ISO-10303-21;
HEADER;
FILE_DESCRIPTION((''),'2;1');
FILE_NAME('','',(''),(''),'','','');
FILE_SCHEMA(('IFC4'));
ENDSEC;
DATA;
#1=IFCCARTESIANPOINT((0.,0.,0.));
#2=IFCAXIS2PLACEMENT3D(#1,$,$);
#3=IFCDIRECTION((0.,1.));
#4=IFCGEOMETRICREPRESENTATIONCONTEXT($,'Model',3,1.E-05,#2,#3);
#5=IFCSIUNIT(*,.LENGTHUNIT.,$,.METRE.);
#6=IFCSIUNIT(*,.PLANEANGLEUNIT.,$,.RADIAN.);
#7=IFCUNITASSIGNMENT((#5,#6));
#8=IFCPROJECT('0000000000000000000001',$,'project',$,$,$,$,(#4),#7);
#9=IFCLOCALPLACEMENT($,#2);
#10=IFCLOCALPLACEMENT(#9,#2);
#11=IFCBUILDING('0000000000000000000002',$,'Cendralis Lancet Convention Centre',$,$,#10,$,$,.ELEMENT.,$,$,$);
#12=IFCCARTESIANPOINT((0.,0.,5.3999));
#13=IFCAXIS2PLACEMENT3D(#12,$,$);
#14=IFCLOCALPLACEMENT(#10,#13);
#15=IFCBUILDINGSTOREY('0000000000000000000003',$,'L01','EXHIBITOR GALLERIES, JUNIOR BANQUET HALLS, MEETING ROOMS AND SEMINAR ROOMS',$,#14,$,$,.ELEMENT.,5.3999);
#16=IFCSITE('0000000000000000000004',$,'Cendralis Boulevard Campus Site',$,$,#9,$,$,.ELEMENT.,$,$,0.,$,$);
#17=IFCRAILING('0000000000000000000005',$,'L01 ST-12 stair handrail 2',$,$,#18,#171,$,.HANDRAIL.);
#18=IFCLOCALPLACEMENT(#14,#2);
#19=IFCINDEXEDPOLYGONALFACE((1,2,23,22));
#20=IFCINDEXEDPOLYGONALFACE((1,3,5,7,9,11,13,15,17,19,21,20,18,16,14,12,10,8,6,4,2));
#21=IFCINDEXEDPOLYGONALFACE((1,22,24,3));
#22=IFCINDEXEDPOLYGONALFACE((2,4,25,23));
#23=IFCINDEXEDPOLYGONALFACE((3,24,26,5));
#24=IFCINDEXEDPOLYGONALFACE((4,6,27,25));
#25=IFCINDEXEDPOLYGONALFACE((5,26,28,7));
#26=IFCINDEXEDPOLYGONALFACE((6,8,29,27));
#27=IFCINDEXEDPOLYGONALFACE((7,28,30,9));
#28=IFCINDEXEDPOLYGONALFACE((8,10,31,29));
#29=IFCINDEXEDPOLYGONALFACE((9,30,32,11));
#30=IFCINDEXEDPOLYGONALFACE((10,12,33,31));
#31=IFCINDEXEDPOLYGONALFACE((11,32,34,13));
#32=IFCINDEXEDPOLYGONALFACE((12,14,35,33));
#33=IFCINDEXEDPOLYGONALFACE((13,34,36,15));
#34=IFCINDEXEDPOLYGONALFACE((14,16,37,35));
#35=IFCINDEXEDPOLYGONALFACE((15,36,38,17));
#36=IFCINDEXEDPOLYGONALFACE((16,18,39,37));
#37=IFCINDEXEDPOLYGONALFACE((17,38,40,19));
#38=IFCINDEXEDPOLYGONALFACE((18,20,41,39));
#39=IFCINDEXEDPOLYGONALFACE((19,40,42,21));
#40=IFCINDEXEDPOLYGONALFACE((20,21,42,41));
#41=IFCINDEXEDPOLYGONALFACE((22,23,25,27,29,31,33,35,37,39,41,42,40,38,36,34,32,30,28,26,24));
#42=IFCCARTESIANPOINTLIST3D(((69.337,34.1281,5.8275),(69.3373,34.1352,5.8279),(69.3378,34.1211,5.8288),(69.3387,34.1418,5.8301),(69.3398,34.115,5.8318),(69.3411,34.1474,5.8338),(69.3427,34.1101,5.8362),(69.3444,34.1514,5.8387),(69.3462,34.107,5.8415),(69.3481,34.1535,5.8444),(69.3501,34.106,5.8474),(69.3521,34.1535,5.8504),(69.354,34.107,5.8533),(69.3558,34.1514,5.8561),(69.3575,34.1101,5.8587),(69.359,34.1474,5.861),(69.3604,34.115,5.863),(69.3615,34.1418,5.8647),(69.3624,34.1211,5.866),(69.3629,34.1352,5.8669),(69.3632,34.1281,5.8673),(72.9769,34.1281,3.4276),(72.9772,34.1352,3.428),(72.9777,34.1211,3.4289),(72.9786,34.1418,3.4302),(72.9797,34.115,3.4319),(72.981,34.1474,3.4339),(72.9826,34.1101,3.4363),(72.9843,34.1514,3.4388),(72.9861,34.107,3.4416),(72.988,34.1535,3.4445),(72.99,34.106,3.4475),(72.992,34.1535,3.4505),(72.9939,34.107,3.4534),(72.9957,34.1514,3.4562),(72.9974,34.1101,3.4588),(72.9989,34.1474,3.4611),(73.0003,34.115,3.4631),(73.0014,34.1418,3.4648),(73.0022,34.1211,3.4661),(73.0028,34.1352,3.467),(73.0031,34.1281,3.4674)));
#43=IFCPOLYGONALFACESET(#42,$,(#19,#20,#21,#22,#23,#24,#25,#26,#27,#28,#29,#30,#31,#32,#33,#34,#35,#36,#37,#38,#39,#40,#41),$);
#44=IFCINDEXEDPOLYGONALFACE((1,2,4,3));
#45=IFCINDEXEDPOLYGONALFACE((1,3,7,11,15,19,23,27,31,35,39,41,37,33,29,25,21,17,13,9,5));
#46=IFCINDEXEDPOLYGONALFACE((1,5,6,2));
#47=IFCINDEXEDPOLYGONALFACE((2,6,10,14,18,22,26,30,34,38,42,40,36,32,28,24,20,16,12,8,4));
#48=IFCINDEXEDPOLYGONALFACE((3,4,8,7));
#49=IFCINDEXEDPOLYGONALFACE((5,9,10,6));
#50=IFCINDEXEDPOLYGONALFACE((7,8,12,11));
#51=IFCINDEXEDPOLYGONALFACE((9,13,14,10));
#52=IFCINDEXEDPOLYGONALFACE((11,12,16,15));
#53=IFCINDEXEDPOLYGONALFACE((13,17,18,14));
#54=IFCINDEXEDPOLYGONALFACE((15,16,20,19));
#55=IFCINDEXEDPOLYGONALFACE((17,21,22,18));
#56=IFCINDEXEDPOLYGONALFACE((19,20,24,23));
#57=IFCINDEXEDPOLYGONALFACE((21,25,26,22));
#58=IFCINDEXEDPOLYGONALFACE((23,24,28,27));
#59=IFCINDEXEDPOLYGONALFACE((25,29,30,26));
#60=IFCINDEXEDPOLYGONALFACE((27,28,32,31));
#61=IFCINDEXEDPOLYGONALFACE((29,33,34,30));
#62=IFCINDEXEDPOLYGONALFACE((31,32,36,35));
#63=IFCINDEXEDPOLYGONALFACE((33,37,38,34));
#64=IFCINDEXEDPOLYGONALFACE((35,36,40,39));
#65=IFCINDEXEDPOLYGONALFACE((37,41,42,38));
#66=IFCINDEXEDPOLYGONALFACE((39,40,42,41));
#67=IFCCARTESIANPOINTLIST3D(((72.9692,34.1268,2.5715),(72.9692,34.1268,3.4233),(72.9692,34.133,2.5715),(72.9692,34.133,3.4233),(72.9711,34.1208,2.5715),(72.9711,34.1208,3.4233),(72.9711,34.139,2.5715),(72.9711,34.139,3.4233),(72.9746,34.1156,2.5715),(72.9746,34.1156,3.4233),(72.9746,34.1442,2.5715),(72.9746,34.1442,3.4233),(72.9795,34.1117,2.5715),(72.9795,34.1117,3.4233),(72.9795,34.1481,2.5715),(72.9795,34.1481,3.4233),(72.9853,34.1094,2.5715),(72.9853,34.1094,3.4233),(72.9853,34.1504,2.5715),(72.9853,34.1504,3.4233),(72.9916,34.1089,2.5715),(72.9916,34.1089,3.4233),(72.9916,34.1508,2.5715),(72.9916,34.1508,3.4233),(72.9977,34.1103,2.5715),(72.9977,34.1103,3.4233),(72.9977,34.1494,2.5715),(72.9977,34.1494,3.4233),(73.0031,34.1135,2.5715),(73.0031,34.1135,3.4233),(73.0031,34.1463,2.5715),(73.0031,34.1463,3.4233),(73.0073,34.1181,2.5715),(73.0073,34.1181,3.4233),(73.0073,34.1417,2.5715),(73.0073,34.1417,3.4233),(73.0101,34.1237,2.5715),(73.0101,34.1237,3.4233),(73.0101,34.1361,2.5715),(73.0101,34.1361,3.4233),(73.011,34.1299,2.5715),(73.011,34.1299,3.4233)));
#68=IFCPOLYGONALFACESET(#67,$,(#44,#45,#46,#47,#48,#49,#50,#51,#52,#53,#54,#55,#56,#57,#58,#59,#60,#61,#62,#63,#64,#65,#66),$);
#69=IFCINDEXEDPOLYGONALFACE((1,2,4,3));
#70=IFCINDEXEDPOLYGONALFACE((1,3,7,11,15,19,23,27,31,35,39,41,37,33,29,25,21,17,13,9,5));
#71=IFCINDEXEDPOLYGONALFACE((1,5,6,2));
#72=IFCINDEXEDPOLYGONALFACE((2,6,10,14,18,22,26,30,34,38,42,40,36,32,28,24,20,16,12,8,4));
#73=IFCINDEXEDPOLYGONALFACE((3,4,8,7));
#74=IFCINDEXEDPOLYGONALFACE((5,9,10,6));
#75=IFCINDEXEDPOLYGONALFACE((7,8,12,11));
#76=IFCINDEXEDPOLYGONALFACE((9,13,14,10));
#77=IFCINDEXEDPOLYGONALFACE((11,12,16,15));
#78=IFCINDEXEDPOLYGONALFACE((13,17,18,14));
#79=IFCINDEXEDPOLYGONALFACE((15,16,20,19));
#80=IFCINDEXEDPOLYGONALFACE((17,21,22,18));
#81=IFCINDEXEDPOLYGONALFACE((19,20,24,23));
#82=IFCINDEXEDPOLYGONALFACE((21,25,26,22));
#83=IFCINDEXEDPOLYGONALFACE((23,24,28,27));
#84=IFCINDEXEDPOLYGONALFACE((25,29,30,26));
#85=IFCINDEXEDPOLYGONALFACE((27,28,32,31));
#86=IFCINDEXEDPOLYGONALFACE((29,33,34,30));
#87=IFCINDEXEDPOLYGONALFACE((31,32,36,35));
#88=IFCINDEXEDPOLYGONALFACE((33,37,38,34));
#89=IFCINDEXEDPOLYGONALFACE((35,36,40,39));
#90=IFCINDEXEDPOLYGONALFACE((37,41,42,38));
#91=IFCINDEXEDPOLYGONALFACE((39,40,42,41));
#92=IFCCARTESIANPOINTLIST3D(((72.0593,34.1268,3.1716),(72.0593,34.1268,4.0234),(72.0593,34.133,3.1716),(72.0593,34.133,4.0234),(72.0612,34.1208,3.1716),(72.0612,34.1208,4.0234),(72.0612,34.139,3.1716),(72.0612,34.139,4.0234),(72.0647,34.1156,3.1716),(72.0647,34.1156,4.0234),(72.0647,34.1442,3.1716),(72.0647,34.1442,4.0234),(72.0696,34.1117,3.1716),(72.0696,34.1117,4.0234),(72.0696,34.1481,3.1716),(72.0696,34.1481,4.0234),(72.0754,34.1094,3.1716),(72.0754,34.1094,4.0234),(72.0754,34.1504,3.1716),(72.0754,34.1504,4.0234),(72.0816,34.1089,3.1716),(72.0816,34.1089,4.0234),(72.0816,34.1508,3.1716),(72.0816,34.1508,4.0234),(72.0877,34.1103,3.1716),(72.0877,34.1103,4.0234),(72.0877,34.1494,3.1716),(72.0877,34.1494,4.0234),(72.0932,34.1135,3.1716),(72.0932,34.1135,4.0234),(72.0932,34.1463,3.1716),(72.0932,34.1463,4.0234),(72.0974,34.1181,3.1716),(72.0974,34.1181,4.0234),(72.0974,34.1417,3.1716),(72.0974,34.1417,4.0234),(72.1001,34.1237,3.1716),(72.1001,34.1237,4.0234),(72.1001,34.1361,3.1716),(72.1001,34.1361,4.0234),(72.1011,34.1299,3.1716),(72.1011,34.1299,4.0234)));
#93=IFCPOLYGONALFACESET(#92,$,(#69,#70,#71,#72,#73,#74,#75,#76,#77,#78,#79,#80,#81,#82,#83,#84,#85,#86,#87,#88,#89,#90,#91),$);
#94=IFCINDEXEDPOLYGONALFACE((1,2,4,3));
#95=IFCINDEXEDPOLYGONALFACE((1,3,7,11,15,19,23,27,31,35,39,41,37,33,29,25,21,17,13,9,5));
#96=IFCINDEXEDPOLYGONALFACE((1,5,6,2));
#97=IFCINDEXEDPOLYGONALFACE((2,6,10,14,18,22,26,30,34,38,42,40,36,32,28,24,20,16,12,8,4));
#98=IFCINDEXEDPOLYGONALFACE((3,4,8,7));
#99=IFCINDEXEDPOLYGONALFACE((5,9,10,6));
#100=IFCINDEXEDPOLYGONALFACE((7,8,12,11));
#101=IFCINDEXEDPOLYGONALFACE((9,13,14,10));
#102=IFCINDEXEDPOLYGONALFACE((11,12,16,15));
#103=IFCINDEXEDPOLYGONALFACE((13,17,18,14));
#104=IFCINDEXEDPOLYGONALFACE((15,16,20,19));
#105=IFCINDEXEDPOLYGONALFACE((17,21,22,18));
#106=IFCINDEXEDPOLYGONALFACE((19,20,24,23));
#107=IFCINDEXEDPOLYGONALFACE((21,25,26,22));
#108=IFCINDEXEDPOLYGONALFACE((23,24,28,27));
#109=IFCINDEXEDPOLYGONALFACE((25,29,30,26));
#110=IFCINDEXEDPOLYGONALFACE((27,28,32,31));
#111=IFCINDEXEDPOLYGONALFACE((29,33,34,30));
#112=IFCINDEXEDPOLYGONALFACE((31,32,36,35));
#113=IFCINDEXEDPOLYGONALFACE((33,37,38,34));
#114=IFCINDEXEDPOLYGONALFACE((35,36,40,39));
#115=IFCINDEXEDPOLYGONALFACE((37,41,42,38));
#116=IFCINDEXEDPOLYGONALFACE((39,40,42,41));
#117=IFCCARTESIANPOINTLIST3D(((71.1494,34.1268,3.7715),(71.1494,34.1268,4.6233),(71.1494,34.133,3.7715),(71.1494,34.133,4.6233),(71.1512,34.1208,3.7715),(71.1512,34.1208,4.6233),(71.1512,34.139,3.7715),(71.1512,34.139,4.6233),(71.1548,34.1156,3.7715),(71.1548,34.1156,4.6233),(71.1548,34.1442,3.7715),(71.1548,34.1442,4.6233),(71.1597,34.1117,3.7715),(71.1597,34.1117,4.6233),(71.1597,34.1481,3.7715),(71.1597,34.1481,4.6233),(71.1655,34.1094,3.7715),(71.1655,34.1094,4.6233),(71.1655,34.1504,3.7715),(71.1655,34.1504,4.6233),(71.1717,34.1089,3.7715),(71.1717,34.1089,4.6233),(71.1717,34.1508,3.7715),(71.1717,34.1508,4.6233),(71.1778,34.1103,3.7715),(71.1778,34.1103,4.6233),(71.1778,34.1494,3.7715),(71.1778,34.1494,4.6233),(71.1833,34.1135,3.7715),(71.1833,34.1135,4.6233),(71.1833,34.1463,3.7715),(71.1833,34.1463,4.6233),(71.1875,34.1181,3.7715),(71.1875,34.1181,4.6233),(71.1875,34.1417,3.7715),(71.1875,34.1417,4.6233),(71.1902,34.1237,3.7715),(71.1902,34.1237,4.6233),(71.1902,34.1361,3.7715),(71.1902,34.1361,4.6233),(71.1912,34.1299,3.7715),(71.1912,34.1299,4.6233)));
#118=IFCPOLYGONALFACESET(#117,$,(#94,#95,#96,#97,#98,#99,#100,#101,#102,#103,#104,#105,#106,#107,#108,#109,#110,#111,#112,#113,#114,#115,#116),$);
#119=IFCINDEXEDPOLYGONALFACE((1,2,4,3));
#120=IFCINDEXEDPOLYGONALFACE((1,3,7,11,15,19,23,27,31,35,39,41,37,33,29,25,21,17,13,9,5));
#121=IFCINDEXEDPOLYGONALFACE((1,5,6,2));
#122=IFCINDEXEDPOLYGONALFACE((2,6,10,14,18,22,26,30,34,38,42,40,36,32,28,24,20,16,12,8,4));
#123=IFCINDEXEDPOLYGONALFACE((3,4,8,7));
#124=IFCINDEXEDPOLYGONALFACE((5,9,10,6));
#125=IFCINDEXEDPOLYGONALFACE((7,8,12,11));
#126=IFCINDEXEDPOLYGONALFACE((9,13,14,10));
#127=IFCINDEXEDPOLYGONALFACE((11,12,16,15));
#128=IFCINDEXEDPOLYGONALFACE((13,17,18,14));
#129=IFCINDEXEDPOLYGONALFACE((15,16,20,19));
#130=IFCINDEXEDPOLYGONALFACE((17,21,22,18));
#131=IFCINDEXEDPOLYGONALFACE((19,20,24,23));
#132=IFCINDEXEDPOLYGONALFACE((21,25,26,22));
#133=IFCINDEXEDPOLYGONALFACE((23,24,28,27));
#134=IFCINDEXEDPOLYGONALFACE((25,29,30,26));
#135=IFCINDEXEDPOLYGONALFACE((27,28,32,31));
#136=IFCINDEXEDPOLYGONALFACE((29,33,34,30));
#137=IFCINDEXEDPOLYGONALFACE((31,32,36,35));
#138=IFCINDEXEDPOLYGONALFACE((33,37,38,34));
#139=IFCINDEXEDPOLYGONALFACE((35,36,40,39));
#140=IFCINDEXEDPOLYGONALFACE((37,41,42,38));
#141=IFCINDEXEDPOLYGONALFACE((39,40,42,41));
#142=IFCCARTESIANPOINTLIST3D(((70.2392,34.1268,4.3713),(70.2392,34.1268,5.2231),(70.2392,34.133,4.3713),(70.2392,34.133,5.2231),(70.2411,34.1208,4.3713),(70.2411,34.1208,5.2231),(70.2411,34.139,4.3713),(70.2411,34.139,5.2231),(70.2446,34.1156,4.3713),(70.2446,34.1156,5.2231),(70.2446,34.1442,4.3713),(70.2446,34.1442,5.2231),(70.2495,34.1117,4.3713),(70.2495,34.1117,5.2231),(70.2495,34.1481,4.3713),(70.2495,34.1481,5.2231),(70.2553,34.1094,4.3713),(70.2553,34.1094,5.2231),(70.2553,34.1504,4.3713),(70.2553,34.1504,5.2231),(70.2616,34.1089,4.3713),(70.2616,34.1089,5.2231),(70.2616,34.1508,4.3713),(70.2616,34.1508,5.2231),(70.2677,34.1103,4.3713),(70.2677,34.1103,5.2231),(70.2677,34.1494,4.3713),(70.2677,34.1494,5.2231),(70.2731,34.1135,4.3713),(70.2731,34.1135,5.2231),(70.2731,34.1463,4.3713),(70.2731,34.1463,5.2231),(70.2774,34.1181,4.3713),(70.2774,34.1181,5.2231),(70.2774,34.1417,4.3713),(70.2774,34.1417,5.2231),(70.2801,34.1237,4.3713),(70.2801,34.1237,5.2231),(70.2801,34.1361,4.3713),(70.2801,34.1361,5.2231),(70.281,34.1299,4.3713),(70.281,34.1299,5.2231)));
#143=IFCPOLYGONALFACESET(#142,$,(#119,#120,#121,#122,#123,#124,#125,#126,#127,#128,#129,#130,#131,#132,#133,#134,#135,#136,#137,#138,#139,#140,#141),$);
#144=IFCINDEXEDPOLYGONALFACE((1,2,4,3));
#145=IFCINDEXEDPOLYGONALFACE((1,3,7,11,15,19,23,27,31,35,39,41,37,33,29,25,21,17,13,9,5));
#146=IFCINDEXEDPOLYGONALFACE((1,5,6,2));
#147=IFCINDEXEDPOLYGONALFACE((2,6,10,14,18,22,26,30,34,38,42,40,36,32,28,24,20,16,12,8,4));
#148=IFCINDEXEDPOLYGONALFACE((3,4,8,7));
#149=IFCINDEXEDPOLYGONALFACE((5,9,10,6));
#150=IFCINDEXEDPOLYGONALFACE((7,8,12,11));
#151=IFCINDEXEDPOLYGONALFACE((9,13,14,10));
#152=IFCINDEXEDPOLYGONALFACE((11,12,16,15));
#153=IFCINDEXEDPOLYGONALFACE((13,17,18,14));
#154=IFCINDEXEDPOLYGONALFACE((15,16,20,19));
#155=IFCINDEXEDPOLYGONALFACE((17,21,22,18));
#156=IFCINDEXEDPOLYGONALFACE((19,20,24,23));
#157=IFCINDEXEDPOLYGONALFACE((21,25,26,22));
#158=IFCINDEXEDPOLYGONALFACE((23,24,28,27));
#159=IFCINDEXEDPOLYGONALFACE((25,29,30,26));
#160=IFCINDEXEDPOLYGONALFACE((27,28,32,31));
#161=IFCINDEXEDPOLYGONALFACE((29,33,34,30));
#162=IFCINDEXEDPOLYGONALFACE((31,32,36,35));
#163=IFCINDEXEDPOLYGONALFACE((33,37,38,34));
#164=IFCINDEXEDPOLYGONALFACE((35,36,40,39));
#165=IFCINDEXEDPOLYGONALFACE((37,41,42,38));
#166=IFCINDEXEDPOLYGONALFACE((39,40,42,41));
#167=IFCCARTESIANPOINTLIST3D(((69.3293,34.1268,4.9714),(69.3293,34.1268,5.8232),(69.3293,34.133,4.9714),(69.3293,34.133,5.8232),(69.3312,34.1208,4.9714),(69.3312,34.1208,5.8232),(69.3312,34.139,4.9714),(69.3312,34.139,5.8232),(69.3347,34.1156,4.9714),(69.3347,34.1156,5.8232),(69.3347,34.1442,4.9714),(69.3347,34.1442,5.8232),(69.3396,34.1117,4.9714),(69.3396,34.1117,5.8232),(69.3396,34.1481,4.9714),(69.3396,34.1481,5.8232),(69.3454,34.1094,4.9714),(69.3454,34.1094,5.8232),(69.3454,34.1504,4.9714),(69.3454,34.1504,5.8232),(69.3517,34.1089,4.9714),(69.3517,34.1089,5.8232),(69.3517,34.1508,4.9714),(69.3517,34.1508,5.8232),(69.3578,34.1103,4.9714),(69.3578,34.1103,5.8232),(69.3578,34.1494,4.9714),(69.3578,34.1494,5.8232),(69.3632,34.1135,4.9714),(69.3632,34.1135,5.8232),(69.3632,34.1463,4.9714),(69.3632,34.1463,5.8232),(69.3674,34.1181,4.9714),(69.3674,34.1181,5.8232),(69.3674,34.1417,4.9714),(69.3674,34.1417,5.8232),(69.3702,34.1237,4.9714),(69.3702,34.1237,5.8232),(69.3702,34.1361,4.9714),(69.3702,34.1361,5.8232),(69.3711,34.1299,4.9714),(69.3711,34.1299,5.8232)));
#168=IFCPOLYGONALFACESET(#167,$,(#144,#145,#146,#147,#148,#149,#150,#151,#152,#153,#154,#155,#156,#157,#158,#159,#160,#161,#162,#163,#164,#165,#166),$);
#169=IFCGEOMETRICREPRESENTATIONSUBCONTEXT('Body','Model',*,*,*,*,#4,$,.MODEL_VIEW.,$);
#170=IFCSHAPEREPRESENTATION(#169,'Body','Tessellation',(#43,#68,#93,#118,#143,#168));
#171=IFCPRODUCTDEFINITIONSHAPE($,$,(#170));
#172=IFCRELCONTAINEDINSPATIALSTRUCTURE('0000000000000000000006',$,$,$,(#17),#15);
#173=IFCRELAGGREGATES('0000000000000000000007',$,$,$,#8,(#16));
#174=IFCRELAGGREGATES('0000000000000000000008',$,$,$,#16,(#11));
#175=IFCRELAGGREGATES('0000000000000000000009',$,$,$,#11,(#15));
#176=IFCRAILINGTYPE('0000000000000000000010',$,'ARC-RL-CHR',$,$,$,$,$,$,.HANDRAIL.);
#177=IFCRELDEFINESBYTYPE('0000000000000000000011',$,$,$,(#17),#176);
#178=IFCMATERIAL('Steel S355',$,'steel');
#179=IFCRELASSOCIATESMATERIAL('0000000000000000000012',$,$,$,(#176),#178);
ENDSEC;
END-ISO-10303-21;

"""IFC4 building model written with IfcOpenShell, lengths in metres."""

from ifc_helpers import new_model, si_unit, direction, frame, origin, origin_2d, place, context, subcontext, project, spatial, circle, extrude, material, type_object, element, save


model = new_model("IFC4")

# Units and contexts
model_context = context("Model", 3, precision=1e-05, world=origin(), true_north=direction((0.0, 1.0)))
body_context = subcontext(model_context, "Body", "Model", "MODEL_VIEW")
ifc_project = project(units=[si_unit("LENGTHUNIT", "METRE"), si_unit("PLANEANGLEUNIT", "RADIAN")], contexts=[model_context])

# Site, building, storey
site_placement = place(None, origin())
site = spatial("IfcSite", under=ifc_project, at=site_placement, Name="Cendralis Boulevard Campus Site", CompositionType="ELEMENT", RefElevation=0.0)
building_placement = place(site_placement, origin())
building = spatial("IfcBuilding", under=site, at=building_placement, Name="Cendralis Lancet Convention Centre", CompositionType="ELEMENT")
storey_placement = place(building_placement, frame((0.0, 0.0, 5.3999)))
storey = spatial("IfcBuildingStorey", under=building, at=storey_placement, Name="L01", Description="EXHIBITOR GALLERIES, JUNIOR BANQUET HALLS, MEETING ROOMS AND SEMINAR ROOMS", CompositionType="ELEMENT", Elevation=5.3999)

# Shared definitions
ifc_material_1 = material(Name="Steel S355", Category="steel")

# Railing
railing_type_1 = type_object("IfcRailingType", Name="ARC-RL-CHR", PredefinedType="HANDRAIL", material=ifc_material_1)
railing_1_placement = place(storey_placement, frame((72.99, 34.1299, 2.5715)))
element("IfcRailing", 1, at=railing_1_placement, inside=storey, type_object=railing_type_1, Name="L01 ST-12 stair handrail 2", PredefinedType="HANDRAIL", context=body_context, shape_type="SweptSolid", body=[
    extrude(circle(Radius=0.0239, at=origin_2d()), frame((0.0, 0.0, 0.876), z_axis=(-0.834865, 0.0, 0.550454), x_axis=(0.0, -1.0, 0.0)), (0.0, 0.0, 1.0), 4.3599),
    extrude(circle(Radius=0.021, at=origin_2d()), origin(), (0.0, 0.0, 1.0), 0.8518),
    extrude(circle(Radius=0.021, at=origin_2d()), frame((-0.9099, 0.0, 0.6001)), (0.0, 0.0, 1.0), 0.8518),
    extrude(circle(Radius=0.021, at=origin_2d()), frame((-1.8198, 0.0, 1.2)), (0.0, 0.0, 1.0), 0.8518),
    extrude(circle(Radius=0.021, at=origin_2d()), frame((-2.73, 0.0, 1.7998)), (0.0, 0.0, 1.0), 0.8518),
    extrude(circle(Radius=0.021, at=origin_2d()), frame((-3.6399, 0.0, 2.3999)), (0.0, 0.0, 1.0), 0.8518),
])

save(model, "model.ifc")
